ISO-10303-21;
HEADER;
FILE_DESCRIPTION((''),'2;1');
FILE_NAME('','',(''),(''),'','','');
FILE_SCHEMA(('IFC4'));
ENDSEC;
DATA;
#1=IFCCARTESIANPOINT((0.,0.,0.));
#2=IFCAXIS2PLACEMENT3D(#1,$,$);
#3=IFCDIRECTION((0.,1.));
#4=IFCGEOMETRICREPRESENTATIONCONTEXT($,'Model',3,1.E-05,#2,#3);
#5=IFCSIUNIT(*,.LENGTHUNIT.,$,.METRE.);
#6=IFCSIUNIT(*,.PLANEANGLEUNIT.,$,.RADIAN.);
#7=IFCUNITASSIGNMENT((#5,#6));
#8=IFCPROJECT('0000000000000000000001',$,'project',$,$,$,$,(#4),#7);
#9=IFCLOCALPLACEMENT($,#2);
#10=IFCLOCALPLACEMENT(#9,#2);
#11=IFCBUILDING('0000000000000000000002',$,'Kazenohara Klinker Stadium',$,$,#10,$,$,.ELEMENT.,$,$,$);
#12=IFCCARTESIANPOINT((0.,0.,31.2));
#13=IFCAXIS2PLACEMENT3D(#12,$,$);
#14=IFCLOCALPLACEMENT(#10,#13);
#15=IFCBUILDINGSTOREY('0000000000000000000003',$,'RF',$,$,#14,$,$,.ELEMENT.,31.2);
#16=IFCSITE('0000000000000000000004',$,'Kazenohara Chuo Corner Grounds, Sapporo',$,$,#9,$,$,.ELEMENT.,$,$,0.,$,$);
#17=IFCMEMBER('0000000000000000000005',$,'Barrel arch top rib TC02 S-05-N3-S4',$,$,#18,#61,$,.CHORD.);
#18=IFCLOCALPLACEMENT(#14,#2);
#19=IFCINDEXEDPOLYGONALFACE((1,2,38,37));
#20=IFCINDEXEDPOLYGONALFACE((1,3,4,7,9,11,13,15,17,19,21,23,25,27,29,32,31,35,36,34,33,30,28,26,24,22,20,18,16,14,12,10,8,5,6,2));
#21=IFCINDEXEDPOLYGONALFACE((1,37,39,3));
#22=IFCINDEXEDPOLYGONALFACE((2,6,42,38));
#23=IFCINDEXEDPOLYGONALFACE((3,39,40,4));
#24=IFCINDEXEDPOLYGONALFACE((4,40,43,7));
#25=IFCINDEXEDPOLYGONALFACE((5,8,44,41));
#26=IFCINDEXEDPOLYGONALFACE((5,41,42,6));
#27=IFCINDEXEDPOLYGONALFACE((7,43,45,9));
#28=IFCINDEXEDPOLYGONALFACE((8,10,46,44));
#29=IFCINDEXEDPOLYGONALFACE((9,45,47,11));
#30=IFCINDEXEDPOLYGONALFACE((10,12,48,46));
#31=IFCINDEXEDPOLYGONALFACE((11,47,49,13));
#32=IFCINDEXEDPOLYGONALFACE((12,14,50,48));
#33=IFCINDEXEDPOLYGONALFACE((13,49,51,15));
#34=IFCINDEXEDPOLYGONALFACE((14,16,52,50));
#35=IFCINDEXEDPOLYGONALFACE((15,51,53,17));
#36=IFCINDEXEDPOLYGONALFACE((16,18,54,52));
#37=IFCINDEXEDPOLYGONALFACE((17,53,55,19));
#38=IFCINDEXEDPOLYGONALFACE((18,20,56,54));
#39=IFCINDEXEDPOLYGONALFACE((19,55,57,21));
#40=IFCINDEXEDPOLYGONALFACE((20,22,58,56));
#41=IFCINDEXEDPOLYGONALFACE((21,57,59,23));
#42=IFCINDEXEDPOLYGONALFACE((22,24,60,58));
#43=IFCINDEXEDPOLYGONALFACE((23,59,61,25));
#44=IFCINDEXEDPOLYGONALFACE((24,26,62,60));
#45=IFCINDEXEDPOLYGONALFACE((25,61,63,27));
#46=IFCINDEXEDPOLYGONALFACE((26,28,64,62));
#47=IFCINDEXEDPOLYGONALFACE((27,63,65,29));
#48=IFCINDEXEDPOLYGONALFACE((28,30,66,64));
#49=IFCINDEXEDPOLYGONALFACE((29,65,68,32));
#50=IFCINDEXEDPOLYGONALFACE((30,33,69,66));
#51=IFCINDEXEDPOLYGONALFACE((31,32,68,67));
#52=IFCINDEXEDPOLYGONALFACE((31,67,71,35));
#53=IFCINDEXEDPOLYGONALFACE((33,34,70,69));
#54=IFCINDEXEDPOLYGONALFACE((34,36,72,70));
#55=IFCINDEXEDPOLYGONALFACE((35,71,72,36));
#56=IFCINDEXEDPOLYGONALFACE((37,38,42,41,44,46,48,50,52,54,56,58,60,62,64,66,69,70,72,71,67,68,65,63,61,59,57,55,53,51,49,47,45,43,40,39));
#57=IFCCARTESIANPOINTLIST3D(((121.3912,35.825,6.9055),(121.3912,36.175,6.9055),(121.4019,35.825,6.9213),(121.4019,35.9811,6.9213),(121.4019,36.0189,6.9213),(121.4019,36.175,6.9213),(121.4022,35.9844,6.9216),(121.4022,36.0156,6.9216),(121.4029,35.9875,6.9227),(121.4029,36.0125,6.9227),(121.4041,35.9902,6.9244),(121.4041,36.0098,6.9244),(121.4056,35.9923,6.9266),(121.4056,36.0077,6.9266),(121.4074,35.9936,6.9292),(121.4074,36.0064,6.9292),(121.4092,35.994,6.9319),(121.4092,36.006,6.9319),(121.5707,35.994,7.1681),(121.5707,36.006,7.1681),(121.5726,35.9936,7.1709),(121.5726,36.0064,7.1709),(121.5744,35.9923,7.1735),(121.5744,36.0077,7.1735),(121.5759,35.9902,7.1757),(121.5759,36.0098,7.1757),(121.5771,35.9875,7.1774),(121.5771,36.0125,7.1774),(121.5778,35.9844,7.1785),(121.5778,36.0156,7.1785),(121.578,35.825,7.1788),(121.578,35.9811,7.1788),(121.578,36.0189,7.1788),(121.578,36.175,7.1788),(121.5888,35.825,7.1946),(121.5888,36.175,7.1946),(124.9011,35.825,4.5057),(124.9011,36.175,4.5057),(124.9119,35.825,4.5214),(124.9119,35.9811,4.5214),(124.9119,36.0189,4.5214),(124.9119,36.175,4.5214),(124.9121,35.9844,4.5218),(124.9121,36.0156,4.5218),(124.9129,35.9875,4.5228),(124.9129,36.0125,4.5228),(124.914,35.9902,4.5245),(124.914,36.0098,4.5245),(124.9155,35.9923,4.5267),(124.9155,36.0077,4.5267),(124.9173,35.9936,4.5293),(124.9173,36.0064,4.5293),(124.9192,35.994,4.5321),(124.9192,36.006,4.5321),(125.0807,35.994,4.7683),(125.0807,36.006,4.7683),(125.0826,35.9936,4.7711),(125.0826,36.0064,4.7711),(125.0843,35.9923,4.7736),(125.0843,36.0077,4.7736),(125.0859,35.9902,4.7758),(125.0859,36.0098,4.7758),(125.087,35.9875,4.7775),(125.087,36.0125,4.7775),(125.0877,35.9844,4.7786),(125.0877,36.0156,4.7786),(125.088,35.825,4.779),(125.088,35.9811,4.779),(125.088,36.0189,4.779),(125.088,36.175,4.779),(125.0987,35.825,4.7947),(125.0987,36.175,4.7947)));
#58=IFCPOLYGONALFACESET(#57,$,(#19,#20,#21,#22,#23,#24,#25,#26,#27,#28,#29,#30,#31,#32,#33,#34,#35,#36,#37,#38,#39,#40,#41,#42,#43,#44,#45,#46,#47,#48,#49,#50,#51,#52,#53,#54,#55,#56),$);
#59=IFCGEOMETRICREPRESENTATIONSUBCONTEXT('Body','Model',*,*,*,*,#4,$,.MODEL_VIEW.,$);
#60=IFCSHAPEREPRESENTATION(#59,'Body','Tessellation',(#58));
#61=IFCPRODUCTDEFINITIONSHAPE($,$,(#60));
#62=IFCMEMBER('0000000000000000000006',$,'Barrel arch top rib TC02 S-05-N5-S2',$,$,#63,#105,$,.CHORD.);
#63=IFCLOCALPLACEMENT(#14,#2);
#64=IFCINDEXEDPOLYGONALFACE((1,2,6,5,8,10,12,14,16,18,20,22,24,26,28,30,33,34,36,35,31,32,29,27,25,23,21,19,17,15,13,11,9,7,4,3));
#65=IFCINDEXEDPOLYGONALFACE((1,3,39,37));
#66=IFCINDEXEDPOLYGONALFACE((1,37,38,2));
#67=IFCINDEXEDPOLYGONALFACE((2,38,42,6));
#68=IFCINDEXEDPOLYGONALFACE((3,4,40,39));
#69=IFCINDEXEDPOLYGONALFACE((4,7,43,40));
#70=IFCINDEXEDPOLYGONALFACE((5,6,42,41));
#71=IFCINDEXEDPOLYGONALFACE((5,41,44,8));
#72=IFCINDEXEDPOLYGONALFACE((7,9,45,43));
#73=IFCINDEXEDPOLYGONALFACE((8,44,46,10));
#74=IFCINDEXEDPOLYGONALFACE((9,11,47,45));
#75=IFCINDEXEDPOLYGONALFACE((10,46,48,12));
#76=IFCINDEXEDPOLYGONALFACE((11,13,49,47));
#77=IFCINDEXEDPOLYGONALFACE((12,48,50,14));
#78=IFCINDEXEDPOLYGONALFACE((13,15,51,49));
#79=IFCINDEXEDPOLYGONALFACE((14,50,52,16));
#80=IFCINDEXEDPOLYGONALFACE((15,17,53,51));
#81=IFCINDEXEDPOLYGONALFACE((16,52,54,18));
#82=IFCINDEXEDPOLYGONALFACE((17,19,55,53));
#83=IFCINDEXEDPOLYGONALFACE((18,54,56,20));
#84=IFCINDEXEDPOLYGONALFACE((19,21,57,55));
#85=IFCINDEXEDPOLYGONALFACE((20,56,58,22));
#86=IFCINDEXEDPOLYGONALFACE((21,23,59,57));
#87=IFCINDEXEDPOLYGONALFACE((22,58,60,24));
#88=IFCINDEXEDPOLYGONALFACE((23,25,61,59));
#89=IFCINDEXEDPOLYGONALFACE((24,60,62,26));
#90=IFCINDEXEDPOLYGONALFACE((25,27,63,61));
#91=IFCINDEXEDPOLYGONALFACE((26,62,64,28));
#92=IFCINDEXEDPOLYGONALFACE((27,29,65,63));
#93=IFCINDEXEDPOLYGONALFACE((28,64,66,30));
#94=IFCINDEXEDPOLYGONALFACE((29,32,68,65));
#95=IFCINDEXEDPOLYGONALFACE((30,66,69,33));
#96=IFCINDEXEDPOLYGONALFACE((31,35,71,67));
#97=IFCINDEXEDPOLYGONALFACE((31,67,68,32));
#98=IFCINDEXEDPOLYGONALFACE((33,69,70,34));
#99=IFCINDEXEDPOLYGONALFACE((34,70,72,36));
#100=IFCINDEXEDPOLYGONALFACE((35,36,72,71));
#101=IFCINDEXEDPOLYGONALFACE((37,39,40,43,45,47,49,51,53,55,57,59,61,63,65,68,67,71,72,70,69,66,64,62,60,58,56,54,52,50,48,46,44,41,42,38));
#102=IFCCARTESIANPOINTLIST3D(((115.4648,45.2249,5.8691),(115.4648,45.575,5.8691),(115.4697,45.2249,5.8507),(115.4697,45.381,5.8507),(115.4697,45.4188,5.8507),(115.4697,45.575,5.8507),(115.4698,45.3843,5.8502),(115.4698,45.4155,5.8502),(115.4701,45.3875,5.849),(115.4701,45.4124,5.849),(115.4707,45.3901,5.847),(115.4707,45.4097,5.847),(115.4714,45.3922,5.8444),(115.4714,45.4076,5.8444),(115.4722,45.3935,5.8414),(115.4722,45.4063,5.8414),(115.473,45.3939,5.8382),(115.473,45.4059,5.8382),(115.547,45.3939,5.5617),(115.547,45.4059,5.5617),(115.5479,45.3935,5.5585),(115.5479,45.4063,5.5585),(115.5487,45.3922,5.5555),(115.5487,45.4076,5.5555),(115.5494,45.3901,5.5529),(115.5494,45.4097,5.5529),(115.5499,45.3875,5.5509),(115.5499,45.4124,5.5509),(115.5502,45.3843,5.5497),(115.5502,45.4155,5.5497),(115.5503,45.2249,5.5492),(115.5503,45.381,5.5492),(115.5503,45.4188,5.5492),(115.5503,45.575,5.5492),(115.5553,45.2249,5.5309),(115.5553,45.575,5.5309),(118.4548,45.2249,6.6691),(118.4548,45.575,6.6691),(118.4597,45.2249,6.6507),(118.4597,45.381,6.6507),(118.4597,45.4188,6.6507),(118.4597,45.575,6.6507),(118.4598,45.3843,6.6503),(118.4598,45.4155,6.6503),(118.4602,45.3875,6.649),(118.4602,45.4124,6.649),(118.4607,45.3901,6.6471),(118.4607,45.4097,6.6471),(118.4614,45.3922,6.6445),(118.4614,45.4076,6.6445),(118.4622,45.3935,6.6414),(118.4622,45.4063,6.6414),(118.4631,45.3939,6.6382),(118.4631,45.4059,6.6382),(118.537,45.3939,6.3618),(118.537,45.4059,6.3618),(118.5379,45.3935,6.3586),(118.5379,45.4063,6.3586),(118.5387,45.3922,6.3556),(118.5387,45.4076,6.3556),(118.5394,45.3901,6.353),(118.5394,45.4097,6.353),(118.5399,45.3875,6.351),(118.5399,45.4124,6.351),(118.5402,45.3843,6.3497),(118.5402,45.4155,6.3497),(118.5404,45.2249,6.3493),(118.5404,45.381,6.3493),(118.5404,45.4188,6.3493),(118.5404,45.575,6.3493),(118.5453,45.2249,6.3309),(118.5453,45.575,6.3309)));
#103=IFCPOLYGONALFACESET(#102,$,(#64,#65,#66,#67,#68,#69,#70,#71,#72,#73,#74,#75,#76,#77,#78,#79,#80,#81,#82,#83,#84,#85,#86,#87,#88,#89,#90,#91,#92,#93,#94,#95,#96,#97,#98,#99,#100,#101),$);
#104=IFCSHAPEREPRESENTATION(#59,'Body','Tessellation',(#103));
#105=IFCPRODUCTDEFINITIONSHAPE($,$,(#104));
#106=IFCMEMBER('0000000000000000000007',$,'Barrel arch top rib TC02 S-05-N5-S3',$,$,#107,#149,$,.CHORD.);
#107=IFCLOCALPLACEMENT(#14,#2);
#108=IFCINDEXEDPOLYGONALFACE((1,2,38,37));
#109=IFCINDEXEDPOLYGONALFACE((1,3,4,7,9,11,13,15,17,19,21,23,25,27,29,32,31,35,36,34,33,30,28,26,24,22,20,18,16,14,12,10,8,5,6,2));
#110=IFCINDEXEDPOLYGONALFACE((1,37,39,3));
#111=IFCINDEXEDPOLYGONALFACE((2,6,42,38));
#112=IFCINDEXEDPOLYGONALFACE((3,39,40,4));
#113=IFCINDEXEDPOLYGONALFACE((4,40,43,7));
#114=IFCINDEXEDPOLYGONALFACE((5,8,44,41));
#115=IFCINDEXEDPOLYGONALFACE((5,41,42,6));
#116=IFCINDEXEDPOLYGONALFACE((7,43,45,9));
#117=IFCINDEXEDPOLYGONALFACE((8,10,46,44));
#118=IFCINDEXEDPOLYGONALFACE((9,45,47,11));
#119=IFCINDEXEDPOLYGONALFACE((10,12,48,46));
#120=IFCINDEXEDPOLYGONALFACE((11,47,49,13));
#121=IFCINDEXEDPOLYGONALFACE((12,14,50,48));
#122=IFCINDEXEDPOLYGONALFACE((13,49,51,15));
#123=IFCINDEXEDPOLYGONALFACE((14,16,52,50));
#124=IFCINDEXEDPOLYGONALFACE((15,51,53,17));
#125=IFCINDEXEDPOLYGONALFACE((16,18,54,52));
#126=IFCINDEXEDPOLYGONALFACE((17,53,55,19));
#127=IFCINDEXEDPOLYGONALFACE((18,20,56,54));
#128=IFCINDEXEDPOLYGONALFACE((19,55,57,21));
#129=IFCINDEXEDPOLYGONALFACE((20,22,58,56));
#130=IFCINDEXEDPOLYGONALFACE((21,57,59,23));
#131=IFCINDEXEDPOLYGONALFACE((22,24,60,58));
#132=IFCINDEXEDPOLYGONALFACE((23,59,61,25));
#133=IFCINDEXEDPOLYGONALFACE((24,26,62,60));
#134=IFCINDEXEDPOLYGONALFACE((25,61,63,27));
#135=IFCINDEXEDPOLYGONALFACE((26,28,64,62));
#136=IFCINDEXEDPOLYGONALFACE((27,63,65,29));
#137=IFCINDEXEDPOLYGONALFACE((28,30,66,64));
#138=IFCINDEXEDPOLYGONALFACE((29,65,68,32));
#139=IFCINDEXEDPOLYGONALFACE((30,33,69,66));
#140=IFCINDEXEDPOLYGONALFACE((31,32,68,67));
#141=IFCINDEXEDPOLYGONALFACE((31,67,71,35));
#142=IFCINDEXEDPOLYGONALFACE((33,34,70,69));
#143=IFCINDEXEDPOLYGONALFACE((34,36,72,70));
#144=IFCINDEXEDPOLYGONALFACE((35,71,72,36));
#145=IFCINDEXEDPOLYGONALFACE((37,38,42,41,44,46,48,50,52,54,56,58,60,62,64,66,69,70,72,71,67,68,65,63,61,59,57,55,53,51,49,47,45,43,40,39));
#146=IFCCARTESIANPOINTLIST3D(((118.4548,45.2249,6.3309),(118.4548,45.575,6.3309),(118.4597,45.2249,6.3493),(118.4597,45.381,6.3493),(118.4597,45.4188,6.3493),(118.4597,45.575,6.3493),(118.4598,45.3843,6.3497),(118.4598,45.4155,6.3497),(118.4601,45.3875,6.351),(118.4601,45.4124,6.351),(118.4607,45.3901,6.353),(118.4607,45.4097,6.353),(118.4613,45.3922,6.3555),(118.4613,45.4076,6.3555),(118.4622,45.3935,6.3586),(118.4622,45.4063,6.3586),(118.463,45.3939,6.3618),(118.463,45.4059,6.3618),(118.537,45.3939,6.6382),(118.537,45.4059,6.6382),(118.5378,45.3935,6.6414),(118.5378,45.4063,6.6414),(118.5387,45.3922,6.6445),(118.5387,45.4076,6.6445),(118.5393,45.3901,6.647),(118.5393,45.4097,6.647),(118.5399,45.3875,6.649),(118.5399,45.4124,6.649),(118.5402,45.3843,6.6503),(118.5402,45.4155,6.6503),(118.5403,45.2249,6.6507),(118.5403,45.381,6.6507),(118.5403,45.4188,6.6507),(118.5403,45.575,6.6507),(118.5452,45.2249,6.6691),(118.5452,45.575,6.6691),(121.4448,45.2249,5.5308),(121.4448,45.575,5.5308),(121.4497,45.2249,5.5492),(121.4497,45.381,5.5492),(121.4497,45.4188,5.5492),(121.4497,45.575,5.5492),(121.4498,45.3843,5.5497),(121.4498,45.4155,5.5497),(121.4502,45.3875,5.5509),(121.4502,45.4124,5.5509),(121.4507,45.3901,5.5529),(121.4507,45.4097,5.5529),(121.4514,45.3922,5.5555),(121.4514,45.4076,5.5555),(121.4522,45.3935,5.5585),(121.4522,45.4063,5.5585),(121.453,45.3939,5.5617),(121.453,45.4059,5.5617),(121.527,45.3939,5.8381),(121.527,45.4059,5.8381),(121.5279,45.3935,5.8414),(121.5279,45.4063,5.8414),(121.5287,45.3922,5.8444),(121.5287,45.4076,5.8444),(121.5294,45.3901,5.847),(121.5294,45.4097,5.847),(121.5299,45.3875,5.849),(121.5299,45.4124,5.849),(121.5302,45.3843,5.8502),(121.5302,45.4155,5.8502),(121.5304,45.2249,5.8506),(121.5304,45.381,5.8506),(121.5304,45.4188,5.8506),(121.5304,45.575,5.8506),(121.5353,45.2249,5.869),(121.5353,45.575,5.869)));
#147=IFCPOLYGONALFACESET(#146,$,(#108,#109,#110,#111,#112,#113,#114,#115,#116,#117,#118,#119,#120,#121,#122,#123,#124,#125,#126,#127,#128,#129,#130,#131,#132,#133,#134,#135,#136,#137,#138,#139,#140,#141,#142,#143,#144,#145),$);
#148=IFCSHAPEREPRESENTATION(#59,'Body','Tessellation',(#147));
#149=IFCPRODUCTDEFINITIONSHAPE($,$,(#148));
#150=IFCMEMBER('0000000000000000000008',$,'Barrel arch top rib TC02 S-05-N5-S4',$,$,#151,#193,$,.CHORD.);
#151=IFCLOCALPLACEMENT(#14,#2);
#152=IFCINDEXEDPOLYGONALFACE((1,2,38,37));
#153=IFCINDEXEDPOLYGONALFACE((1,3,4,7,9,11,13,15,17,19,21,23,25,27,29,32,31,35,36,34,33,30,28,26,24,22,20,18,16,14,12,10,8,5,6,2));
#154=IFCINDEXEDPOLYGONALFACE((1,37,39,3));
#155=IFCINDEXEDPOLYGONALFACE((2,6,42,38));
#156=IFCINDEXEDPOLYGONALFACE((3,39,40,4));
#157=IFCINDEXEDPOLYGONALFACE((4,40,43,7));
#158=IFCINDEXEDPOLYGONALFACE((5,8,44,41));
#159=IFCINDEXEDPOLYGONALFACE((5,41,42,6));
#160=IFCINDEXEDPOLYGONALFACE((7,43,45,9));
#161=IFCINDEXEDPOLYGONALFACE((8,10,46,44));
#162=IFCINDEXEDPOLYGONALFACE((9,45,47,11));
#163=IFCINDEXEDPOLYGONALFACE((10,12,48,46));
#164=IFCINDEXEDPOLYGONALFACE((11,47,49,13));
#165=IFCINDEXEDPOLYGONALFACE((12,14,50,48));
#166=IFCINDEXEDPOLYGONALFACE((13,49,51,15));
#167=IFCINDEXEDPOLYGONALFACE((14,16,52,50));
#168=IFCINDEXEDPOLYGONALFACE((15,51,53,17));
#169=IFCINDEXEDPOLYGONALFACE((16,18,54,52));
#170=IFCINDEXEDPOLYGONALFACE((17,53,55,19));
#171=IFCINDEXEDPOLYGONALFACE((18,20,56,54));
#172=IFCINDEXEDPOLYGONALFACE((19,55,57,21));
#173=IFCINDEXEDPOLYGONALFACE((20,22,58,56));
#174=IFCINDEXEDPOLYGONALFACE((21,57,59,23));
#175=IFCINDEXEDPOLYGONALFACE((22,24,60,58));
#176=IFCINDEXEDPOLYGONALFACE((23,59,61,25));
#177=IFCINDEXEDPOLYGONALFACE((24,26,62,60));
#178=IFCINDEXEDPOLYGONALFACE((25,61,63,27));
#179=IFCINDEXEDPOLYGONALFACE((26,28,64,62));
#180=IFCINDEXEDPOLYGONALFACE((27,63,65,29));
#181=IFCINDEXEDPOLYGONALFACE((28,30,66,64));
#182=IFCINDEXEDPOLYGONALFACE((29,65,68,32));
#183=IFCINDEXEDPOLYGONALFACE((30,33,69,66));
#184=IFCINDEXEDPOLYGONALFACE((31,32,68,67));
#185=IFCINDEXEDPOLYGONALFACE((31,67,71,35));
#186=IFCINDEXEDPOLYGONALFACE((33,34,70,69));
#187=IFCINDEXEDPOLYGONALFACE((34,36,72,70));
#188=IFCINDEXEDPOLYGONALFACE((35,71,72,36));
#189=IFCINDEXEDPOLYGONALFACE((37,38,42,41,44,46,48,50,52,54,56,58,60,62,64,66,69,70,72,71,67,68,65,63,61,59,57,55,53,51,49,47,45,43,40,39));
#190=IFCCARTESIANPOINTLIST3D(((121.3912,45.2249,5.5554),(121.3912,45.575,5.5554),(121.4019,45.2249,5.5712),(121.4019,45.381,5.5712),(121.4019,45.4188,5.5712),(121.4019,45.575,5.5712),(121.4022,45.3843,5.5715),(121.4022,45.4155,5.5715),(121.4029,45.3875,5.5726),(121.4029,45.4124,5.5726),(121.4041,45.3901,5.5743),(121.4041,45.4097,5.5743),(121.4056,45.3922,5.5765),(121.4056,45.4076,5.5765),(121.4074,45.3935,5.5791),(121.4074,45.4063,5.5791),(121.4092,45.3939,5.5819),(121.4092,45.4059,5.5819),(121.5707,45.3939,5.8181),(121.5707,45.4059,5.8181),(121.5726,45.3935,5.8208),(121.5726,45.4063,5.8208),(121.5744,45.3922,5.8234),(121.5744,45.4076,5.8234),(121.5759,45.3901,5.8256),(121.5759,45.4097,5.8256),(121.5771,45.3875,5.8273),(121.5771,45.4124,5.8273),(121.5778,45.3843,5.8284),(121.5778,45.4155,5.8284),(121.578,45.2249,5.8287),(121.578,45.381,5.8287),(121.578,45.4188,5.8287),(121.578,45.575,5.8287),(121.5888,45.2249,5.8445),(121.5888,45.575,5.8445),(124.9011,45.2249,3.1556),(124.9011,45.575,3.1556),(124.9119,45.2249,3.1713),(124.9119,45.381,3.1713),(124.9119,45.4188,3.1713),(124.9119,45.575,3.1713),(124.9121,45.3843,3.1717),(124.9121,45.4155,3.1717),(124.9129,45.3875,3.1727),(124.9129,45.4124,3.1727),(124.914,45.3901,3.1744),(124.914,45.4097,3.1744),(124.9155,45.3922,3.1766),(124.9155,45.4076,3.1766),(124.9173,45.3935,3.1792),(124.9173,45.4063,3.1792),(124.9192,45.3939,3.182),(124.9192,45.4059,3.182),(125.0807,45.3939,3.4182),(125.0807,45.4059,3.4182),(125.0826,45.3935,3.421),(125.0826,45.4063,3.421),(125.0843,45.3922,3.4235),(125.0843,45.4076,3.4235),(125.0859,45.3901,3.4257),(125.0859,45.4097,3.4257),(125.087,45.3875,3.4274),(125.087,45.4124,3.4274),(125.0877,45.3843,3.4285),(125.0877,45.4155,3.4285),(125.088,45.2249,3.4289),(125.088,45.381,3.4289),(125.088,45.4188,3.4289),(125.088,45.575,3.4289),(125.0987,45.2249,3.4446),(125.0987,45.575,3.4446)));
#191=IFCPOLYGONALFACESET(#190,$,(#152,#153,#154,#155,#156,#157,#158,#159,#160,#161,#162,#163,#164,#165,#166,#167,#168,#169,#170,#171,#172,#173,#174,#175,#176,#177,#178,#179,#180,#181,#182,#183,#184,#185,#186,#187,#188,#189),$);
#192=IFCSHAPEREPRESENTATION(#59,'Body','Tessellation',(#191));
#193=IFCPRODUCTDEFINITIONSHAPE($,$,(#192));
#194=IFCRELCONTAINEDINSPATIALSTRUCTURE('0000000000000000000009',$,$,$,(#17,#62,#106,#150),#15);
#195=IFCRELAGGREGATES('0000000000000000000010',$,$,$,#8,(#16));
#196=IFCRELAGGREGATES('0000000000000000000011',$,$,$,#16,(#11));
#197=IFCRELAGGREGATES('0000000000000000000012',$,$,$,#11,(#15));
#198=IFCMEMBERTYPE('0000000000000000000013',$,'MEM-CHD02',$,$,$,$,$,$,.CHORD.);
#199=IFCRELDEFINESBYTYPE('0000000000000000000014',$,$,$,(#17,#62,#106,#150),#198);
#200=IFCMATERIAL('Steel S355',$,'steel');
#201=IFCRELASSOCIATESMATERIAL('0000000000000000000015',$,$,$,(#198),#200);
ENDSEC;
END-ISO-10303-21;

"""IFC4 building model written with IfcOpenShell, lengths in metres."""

from ifc_helpers import new_model, si_unit, direction, frame, origin, origin_2d, place, context, subcontext, project, spatial, i_section, extrude, material, material_profile, profile_set, type_object, element, save


model = new_model("IFC4")

# Units and contexts
model_context = context("Model", 3, precision=1e-05, world=origin(), true_north=direction((0.0, 1.0)))
body_context = subcontext(model_context, "Body", "Model", "MODEL_VIEW")
ifc_project = project(units=[si_unit("LENGTHUNIT", "METRE"), si_unit("PLANEANGLEUNIT", "RADIAN")], contexts=[model_context])

# Site, building, storey
site_placement = place(None, origin())
site = spatial("IfcSite", under=ifc_project, at=site_placement, Name="Kazenohara Chuo Corner Grounds, Sapporo", CompositionType="ELEMENT", RefElevation=0.0)
building_placement = place(site_placement, origin())
building = spatial("IfcBuilding", under=site, at=building_placement, Name="Kazenohara Klinker Stadium", CompositionType="ELEMENT")
storey_placement = place(building_placement, frame((0.0, 0.0, 31.2)))
storey = spatial("IfcBuildingStorey", under=building, at=storey_placement, Name="RF", CompositionType="ELEMENT", Elevation=31.2)

# Members
ifc_material_1 = material(Name="Steel S355", Category="steel")
ifc_material_profile_1 = material_profile(ifc_material_1, i_section(OverallWidth=0.3501, OverallDepth=0.3501, WebThickness=0.012, FlangeThickness=0.019, FilletRadius=0.0129, at=origin_2d()), Name="H-350x350x12x19")
ifc_profile_set_1 = profile_set([ifc_material_profile_1], Name="Steel S355")
member_type_1 = type_object("IfcMemberType", Name="MEM-CHD02", PredefinedType="CHORD", material=ifc_profile_set_1)
member_1_placement = place(storey_placement, frame((121.49, 36.0, 7.05), z_axis=(0.825492, 0.0, -0.564414), x_axis=(0.0, 1.0, 0.0)))
element("IfcMember", 1, at=member_1_placement, inside=storey, type_object=member_type_1, Name="Barrel arch top rib TC02 S-05-N3-S4", PredefinedType="CHORD", context=body_context, shape_type="SweptSolid", body=[
    extrude(i_section(OverallWidth=0.3501, OverallDepth=0.3501, WebThickness=0.012, FlangeThickness=0.019, FilletRadius=0.0129, at=origin_2d()), origin(), (0.0, 0.0, 1.0), 4.252),
])
for number, where, z_axis, x_axis, name in (
    (2, (115.51, 45.3999, 5.7), (0.966016, 0.0, 0.258482), (0.0, 1.0, 0.0), "Barrel arch top rib TC02 S-05-N5-S2"),
    (3, (118.5, 45.3999, 6.5), (0.966016, 0.0, -0.258482), (0.0, 1.0, 0.0), "Barrel arch top rib TC02 S-05-N5-S3"),
):
    element("IfcMember", number, at=place(storey_placement, frame(where, z_axis=z_axis, x_axis=x_axis)), inside=storey, type_object=member_type_1, Name=name, PredefinedType="CHORD", context=body_context, shape_type="SweptSolid", body=[
        extrude(i_section(OverallWidth=0.3501, OverallDepth=0.3501, WebThickness=0.012, FlangeThickness=0.019, FilletRadius=0.0129, at=origin_2d()), origin(), (0.0, 0.0, 1.0), 3.0952),
    ])
member_2_placement = place(storey_placement, frame((121.49, 45.3999, 5.7), z_axis=(0.825492, 0.0, -0.564414), x_axis=(0.0, 1.0, 0.0)))
element("IfcMember", 4, at=member_2_placement, inside=storey, type_object=member_type_1, Name="Barrel arch top rib TC02 S-05-N5-S4", PredefinedType="CHORD", context=body_context, shape_type="SweptSolid", body=[
    extrude(i_section(OverallWidth=0.3501, OverallDepth=0.3501, WebThickness=0.012, FlangeThickness=0.019, FilletRadius=0.0129, at=origin_2d()), origin(), (0.0, 0.0, 1.0), 4.252),
])

save(model, "model.ifc")
